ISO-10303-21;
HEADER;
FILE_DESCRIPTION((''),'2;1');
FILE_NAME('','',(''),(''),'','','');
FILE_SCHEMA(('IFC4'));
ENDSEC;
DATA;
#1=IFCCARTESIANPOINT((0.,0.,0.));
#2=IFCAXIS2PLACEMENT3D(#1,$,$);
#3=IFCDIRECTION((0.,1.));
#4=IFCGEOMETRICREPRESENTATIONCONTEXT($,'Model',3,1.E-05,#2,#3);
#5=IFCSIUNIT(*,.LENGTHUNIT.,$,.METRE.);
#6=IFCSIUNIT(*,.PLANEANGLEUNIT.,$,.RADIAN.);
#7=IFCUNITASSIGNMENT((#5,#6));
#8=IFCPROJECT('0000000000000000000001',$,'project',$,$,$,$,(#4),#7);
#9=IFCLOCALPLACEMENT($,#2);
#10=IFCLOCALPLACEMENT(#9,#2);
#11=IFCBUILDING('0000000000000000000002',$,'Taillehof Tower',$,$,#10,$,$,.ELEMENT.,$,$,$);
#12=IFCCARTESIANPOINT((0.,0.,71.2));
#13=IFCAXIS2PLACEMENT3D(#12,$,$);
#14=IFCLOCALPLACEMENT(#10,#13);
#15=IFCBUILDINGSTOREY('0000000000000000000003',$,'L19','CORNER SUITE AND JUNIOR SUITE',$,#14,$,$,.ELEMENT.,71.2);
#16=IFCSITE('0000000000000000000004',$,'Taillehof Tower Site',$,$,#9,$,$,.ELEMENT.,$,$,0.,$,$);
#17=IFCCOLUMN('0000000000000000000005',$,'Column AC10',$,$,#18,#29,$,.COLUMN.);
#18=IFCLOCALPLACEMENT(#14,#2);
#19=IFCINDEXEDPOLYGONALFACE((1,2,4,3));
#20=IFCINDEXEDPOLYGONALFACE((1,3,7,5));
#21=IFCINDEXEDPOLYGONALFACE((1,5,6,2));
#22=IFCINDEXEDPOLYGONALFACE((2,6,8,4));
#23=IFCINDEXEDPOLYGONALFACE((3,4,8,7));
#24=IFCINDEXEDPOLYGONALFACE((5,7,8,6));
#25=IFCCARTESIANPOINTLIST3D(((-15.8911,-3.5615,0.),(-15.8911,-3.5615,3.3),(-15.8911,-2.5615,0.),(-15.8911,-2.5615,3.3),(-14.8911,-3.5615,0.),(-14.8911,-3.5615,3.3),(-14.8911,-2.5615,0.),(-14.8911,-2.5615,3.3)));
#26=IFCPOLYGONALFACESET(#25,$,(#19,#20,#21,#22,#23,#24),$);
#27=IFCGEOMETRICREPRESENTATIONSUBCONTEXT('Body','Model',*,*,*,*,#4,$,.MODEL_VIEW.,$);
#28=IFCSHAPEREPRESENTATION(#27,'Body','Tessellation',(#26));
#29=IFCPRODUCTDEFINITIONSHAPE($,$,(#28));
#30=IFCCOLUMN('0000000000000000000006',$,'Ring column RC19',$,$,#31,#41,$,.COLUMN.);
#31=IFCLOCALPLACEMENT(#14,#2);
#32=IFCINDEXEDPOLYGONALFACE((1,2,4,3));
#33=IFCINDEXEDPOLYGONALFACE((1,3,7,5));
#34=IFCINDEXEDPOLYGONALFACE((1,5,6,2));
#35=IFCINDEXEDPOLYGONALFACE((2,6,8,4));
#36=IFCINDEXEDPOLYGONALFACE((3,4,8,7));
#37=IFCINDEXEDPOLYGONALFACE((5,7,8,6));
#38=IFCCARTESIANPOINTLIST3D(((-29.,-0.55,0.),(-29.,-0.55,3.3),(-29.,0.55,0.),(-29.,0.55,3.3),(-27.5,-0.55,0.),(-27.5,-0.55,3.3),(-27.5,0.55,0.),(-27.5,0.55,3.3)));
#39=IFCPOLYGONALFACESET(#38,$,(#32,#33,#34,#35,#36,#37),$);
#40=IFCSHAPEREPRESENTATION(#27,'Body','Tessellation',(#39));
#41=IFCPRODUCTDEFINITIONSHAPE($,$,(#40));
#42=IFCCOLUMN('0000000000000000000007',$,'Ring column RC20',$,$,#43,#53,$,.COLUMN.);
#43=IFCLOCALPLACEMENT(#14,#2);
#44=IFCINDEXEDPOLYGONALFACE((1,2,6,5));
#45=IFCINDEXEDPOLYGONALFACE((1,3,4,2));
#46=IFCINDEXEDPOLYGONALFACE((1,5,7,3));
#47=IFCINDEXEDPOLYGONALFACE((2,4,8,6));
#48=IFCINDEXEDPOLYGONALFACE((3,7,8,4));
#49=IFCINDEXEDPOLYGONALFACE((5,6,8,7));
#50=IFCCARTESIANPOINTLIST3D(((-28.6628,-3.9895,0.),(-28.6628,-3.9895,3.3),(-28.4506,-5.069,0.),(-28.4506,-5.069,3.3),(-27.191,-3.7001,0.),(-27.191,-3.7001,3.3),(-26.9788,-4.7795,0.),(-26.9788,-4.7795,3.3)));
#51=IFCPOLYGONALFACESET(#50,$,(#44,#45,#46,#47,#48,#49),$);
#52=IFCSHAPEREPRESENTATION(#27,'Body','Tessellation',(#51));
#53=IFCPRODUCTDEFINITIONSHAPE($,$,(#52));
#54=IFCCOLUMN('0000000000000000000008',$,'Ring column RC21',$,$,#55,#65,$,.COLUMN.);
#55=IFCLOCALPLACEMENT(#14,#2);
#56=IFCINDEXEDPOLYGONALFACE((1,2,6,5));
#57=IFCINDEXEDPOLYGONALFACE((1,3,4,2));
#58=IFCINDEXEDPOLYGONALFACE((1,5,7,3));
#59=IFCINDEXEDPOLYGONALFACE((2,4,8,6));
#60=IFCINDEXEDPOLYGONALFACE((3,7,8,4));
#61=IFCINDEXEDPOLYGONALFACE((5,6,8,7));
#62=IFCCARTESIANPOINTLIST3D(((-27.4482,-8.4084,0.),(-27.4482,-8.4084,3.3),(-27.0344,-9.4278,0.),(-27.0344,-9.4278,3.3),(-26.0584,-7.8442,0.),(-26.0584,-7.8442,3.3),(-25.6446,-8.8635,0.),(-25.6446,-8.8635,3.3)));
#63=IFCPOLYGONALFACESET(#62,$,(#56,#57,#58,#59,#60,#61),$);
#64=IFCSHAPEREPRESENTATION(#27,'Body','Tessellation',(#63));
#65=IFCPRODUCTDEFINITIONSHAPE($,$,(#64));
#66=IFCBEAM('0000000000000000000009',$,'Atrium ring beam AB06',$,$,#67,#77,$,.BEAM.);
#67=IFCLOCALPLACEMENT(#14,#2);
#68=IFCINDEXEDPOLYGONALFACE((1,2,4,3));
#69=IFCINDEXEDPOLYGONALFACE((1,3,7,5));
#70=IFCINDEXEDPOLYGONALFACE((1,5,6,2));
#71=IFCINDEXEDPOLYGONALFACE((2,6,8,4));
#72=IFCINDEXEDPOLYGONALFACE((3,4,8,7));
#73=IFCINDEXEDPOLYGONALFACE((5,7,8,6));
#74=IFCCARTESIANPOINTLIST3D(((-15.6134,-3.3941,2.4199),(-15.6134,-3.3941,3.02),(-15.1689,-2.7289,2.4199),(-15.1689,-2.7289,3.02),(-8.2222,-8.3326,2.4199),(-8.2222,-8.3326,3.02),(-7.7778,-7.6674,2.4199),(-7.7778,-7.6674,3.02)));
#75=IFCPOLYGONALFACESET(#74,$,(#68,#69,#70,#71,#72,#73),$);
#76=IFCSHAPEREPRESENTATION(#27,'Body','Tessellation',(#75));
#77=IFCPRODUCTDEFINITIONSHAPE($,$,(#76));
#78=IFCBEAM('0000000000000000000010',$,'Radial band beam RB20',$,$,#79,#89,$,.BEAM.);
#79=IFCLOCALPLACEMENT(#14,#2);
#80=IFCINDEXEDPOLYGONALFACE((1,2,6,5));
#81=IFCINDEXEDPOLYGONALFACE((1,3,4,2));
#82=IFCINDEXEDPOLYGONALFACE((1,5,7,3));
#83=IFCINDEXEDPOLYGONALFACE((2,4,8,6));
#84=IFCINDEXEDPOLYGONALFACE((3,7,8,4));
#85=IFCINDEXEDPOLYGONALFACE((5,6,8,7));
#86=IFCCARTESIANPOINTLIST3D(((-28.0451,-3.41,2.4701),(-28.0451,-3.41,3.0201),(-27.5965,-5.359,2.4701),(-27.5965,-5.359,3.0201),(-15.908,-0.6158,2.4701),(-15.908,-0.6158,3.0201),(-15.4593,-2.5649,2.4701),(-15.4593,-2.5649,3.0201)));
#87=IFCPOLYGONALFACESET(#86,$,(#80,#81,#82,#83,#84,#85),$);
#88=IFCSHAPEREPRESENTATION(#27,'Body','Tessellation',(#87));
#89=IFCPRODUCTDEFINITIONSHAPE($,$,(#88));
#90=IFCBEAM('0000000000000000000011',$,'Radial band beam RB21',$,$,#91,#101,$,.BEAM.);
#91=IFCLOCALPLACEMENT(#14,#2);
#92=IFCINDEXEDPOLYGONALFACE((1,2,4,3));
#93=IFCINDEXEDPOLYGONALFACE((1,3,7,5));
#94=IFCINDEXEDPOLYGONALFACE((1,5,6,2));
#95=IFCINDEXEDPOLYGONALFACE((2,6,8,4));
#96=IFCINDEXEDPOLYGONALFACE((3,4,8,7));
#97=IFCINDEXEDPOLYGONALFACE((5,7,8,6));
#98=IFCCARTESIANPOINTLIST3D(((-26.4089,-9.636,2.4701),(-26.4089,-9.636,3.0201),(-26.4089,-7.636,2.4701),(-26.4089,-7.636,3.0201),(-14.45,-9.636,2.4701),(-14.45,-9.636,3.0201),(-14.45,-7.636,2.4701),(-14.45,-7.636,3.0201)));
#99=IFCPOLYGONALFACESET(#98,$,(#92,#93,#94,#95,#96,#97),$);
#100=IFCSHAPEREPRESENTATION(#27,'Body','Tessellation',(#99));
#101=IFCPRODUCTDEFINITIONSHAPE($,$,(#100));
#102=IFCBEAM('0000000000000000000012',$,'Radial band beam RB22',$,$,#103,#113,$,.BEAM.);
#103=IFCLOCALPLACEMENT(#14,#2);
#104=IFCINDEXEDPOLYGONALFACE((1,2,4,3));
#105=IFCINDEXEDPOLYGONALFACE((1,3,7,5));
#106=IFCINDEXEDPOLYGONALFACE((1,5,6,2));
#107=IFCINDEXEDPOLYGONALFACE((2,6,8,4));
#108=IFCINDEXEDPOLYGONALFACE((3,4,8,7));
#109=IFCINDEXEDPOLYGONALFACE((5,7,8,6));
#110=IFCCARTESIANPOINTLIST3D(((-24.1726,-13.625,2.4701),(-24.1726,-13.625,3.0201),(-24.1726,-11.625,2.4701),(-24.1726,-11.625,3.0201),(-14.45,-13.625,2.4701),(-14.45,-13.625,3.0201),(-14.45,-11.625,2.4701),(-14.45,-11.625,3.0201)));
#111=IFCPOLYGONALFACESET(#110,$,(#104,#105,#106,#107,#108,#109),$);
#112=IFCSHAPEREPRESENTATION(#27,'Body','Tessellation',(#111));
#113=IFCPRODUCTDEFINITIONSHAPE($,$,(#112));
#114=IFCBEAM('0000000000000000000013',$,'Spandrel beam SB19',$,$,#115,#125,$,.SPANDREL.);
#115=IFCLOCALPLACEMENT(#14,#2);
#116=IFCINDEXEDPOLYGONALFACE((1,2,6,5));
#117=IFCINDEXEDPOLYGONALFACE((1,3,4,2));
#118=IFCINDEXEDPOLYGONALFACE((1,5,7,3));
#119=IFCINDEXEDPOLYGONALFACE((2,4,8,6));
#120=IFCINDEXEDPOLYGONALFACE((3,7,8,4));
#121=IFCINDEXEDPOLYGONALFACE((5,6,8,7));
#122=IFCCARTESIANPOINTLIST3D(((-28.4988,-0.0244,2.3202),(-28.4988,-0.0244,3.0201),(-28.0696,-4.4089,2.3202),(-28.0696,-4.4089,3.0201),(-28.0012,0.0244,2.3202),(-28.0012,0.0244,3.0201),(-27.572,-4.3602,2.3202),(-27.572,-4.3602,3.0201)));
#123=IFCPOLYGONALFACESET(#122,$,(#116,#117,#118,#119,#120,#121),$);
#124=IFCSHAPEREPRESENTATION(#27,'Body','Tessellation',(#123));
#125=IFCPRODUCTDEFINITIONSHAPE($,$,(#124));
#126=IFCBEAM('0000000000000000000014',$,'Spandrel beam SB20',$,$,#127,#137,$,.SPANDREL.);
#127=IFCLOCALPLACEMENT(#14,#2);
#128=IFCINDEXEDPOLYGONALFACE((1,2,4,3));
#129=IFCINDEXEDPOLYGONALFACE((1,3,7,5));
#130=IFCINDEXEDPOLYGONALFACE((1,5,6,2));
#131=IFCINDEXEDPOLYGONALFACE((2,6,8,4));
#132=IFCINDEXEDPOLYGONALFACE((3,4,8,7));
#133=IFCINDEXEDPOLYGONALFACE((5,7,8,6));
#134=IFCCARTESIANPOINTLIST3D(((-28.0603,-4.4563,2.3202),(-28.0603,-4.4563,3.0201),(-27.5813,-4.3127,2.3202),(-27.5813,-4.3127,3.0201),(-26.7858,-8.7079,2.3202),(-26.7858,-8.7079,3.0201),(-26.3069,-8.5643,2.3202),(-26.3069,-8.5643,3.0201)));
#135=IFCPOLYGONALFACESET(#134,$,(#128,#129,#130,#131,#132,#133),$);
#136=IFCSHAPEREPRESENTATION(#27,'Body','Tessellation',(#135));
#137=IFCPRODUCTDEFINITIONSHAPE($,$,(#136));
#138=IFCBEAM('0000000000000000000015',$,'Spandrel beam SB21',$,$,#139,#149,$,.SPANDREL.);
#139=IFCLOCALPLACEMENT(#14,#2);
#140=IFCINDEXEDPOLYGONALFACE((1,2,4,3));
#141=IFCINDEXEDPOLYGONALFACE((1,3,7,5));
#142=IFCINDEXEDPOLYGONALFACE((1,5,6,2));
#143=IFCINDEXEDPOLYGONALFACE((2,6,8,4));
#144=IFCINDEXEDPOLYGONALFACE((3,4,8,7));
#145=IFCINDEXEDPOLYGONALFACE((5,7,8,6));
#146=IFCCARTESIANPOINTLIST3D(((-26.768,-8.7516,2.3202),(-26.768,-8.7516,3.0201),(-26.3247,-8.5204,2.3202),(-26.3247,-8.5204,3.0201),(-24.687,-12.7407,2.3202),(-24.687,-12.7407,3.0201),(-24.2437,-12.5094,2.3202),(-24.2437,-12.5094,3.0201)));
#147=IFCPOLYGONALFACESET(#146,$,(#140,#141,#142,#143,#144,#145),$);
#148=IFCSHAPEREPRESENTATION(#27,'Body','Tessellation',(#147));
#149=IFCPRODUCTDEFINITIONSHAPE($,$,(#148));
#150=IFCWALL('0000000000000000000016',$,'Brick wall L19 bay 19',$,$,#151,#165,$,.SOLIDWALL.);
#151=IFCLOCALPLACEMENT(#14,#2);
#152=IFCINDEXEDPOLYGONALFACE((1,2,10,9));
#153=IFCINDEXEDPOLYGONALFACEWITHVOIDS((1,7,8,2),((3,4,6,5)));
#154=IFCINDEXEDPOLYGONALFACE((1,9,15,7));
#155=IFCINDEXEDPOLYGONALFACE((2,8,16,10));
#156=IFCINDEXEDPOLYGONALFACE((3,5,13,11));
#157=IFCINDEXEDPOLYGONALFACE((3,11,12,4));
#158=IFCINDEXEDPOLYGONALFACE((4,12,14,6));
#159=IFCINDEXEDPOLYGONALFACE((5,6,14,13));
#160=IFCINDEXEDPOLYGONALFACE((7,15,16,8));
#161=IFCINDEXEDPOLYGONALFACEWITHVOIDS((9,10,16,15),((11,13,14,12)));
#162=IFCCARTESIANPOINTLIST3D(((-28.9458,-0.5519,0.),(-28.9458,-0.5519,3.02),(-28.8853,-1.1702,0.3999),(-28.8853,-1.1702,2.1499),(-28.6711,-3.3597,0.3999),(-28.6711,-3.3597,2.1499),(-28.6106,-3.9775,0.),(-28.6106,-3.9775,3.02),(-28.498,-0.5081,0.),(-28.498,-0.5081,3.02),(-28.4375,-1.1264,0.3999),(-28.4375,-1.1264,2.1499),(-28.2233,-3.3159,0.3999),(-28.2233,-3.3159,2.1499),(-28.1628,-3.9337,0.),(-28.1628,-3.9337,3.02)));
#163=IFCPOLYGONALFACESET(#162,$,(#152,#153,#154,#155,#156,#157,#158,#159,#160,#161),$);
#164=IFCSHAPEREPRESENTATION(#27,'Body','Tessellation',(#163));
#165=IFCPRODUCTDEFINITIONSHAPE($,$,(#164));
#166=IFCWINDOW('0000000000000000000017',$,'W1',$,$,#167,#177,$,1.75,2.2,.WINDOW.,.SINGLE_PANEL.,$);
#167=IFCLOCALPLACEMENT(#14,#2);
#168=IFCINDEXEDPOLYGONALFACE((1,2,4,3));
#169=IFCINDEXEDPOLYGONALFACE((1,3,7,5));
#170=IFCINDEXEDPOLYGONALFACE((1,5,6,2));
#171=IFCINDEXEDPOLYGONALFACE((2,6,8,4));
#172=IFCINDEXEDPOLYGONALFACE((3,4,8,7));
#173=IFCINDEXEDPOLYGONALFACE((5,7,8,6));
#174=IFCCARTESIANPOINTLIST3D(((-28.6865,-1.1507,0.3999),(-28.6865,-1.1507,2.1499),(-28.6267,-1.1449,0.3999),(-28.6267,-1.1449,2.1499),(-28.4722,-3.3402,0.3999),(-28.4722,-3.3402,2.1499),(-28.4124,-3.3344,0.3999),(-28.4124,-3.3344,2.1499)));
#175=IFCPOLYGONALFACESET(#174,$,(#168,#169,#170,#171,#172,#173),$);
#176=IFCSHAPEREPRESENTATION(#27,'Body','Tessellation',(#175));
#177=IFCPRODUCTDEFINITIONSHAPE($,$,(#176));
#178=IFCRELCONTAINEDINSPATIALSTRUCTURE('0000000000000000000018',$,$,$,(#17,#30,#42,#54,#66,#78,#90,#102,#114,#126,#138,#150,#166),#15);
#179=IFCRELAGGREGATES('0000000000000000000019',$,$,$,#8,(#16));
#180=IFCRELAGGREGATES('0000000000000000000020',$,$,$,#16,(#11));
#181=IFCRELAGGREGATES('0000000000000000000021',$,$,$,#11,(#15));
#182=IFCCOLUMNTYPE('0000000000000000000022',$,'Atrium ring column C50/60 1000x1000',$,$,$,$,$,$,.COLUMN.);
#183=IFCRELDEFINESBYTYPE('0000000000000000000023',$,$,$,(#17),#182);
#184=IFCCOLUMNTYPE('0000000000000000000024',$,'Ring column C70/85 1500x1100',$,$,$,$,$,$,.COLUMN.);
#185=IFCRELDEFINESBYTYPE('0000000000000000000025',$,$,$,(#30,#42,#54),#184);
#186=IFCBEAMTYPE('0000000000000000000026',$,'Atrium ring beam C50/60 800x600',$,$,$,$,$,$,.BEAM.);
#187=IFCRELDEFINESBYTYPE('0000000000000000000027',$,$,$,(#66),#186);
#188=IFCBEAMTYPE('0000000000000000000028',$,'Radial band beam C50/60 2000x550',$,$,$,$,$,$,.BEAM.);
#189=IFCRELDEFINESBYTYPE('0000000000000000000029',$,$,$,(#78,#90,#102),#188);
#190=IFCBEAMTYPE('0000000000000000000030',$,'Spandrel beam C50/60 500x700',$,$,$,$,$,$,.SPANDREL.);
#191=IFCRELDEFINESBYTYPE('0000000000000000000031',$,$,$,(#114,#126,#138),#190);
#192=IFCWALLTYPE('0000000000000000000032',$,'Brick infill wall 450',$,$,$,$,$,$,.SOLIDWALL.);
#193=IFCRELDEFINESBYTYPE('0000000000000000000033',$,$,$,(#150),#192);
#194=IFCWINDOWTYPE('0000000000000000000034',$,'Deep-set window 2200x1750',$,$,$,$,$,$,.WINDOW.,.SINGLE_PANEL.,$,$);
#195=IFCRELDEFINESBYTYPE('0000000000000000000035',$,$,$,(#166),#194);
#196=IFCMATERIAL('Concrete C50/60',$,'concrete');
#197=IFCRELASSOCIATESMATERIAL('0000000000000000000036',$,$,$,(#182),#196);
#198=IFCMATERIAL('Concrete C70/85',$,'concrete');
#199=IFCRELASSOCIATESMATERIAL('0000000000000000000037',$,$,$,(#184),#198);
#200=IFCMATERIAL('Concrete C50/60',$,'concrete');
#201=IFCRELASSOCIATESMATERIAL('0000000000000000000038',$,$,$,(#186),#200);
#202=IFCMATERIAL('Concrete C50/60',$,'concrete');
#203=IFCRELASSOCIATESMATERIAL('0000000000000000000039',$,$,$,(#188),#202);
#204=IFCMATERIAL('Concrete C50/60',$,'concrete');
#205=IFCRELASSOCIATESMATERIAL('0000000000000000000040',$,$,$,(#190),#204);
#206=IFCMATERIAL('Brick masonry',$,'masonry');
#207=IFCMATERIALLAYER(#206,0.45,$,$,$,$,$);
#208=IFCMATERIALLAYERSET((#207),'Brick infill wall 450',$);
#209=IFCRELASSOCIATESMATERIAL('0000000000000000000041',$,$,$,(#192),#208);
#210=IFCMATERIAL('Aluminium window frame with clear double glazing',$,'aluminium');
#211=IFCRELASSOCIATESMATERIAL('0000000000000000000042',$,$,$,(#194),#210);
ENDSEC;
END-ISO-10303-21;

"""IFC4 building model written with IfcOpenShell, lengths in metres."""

from ifc_helpers import new_model, si_unit, direction, frame, frame_2d, origin, origin_2d, place, context, subcontext, project, spatial, rectangle, extrude, material, layer, layer_set, material_profile, profile_set, type_object, element, fill, save


model = new_model("IFC4")

# Units and contexts
model_context = context("Model", 3, precision=1e-05, world=origin(), true_north=direction((0.0, 1.0)))
body_context = subcontext(model_context, "Body", "Model", "MODEL_VIEW")
ifc_project = project(units=[si_unit("LENGTHUNIT", "METRE"), si_unit("PLANEANGLEUNIT", "RADIAN")], contexts=[model_context])

# Site, building, storey
site_placement = place(None, origin())
site = spatial("IfcSite", under=ifc_project, at=site_placement, Name="Taillehof Tower Site", CompositionType="ELEMENT", RefElevation=0.0)
building_placement = place(site_placement, origin())
building = spatial("IfcBuilding", under=site, at=building_placement, Name="Taillehof Tower", CompositionType="ELEMENT")
storey_placement = place(building_placement, frame((0.0, 0.0, 71.2)))
storey = spatial("IfcBuildingStorey", under=building, at=storey_placement, Name="L19", Description="CORNER SUITE AND JUNIOR SUITE", CompositionType="ELEMENT", Elevation=71.2)

# Columns
ifc_material_1 = material(Name="Concrete C50/60", Category="concrete")
ifc_material_profile_1 = material_profile(ifc_material_1, rectangle(XDim=1.0, YDim=1.0, at=origin_2d()), Name="RC 1000x1000")
ifc_profile_set_1 = profile_set([ifc_material_profile_1], Name="Concrete C50/60")
column_type_1 = type_object("IfcColumnType", Name="Atrium ring column C50/60 1000x1000", PredefinedType="COLUMN", material=ifc_profile_set_1)
column_placement = place(storey_placement, frame((-15.3911, -3.0615, 0.0), z_axis=(0.0, 0.0, 1.0), x_axis=(1.0, 0.0, 0.0)))
element("IfcColumn", 1, at=column_placement, inside=storey, type_object=column_type_1, Name="Column AC10", PredefinedType="COLUMN", context=body_context, shape_type="SweptSolid", body=[
    extrude(rectangle(XDim=1.0, YDim=1.0, at=origin_2d()), origin(), (0.0, 0.0, 1.0), 3.3),
])
ifc_material_2 = material(Name="Concrete C70/85", Category="concrete")
ifc_material_profile_2 = material_profile(ifc_material_2, rectangle(XDim=1.5, YDim=1.1001, at=origin_2d()), Name="RC 1500x1100")
ifc_profile_set_2 = profile_set([ifc_material_profile_2], Name="Concrete C70/85")
column_type_2 = type_object("IfcColumnType", Name="Ring column C70/85 1500x1100", PredefinedType="COLUMN", material=ifc_profile_set_2)
for number, where, z_axis, x_axis, name in (
    (2, (-28.25, 0.0, 0.0), (0.0, 0.0, 1.0), (-1.0, 0.0, 0.0), "Ring column RC19"),
    (3, (-27.8208, -4.3845, 0.0), (0.0, 0.0, 1.0), (-0.981204, -0.192976, 0.0), "Ring column RC20"),
    (4, (-26.5464, -8.636, 0.0), (0.0, 0.0, 1.0), (-0.926558, -0.376152, 0.0), "Ring column RC21"),
):
    element("IfcColumn", number, at=place(storey_placement, frame(where, z_axis=z_axis, x_axis=x_axis)), inside=storey, type_object=column_type_2, Name=name, PredefinedType="COLUMN", context=body_context, shape_type="SweptSolid", body=[
        extrude(rectangle(XDim=1.5, YDim=1.1001, at=origin_2d()), origin(), (0.0, 0.0, 1.0), 3.3),
    ])

# Beams
ifc_material_3 = material(Name="Concrete C50/60", Category="concrete")
ifc_material_profile_3 = material_profile(ifc_material_3, rectangle(XDim=0.8, YDim=0.6001, at=origin_2d()), Name="RC 800x600")
ifc_profile_set_3 = profile_set([ifc_material_profile_3], Name="Concrete C50/60")
beam_type_1 = type_object("IfcBeamType", Name="Atrium ring beam C50/60 800x600", PredefinedType="BEAM", material=ifc_profile_set_3)
beam_1_placement = place(storey_placement, frame((-15.3911, -3.0615, 2.72), z_axis=(0.831475, -0.555562, 0.0), x_axis=(0.555562, 0.831475, 0.0)))
element("IfcBeam", 5, at=beam_1_placement, inside=storey, type_object=beam_type_1, Name="Atrium ring beam AB06", PredefinedType="BEAM", context=body_context, shape_type="SweptSolid", body=[
    extrude(rectangle(XDim=0.8, YDim=0.6001, at=origin_2d()), origin(), (0.0, 0.0, 1.0), 8.8892),
])
ifc_material_4 = material(Name="Concrete C50/60", Category="concrete")
ifc_material_profile_4 = material_profile(ifc_material_4, rectangle(XDim=2.0, YDim=0.55, at=origin_2d()), Name="RC 2000x550")
ifc_profile_set_4 = profile_set([ifc_material_profile_4], Name="Concrete C50/60")
beam_type_2 = type_object("IfcBeamType", Name="Radial band beam C50/60 2000x550", PredefinedType="BEAM", material=ifc_profile_set_4)
beam_2_placement = place(storey_placement, frame((-27.8208, -4.3845, 2.7451), z_axis=(0.974509, 0.224348, 0.0), x_axis=(-0.224348, 0.974509, 0.0)))
element("IfcBeam", 6, at=beam_2_placement, inside=storey, type_object=beam_type_2, Name="Radial band beam RB20", PredefinedType="BEAM", context=body_context, shape_type="SweptSolid", body=[
    extrude(rectangle(XDim=2.0, YDim=0.55, at=origin_2d()), origin(), (0.0, 0.0, 1.0), 12.4546),
])
beam_3_placement = place(storey_placement, frame((-26.4089, -8.636, 2.7451), z_axis=(1.0, 0.0, 0.0), x_axis=(0.0, 1.0, 0.0)))
element("IfcBeam", 7, at=beam_3_placement, inside=storey, type_object=beam_type_2, Name="Radial band beam RB21", PredefinedType="BEAM", context=body_context, shape_type="SweptSolid", body=[
    extrude(rectangle(XDim=2.0, YDim=0.55, at=origin_2d()), origin(), (0.0, 0.0, 1.0), 11.959),
])
beam_4_placement = place(storey_placement, frame((-24.1726, -12.625, 2.7451), z_axis=(1.0, 0.0, 0.0), x_axis=(0.0, 1.0, 0.0)))
element("IfcBeam", 8, at=beam_4_placement, inside=storey, type_object=beam_type_2, Name="Radial band beam RB22", PredefinedType="BEAM", context=body_context, shape_type="SweptSolid", body=[
    extrude(rectangle(XDim=2.0, YDim=0.55, at=origin_2d()), origin(), (0.0, 0.0, 1.0), 9.7227),
])
ifc_material_5 = material(Name="Concrete C50/60", Category="concrete")
ifc_material_profile_5 = material_profile(ifc_material_5, rectangle(XDim=0.5, YDim=0.7, at=origin_2d()), Name="RC 500x700")
ifc_profile_set_5 = profile_set([ifc_material_profile_5], Name="Concrete C50/60")
beam_type_3 = type_object("IfcBeamType", Name="Spandrel beam C50/60 500x700", PredefinedType="SPANDREL", material=ifc_profile_set_5)
beam_5_placement = place(storey_placement, frame((-28.25, 0.0, 2.6702), z_axis=(0.097424, -0.995243, 0.0), x_axis=(0.995243, 0.097424, 0.0)))
element("IfcBeam", 9, at=beam_5_placement, inside=storey, type_object=beam_type_3, Name="Spandrel beam SB19", PredefinedType="SPANDREL", context=body_context, shape_type="SweptSolid", body=[
    extrude(rectangle(XDim=0.5, YDim=0.7, at=origin_2d()), origin(), (0.0, 0.0, 1.0), 4.4055),
])
beam_6_placement = place(storey_placement, frame((-27.8208, -4.3845, 2.6702), z_axis=(0.287136, -0.95789, 0.0), x_axis=(0.95789, 0.287136, 0.0)))
element("IfcBeam", 10, at=beam_6_placement, inside=storey, type_object=beam_type_3, Name="Spandrel beam SB20", PredefinedType="SPANDREL", context=body_context, shape_type="SweptSolid", body=[
    extrude(rectangle(XDim=0.5, YDim=0.7, at=origin_2d()), origin(), (0.0, 0.0, 1.0), 4.4385),
])
beam_7_placement = place(storey_placement, frame((-26.5464, -8.636, 2.6702), z_axis=(0.462536, -0.8866, 0.0), x_axis=(0.8866, 0.462536, 0.0)))
element("IfcBeam", 11, at=beam_7_placement, inside=storey, type_object=beam_type_3, Name="Spandrel beam SB21", PredefinedType="SPANDREL", context=body_context, shape_type="SweptSolid", body=[
    extrude(rectangle(XDim=0.5, YDim=0.7, at=origin_2d()), origin(), (0.0, 0.0, 1.0), 4.4993),
])

# Wall, opening, window
ifc_material_6 = material(Name="Brick masonry", Category="masonry")
ifc_layer_1 = layer(ifc_material_6, 0.45)
ifc_layer_set_1 = layer_set([ifc_layer_1], Name="Brick infill wall 450")
wall_type_1 = type_object("IfcWallType", Name="Brick infill wall 450", PredefinedType="SOLIDWALL", material=ifc_layer_set_1)
wall_1_placement = place(storey_placement, frame((-28.7219, -0.53, 0.0), z_axis=(0.0, 0.0, 1.0), x_axis=(0.09739, -0.995246, 0.0)))
wall_1 = element("IfcWall", 12, at=wall_1_placement, inside=storey, type_object=wall_type_1, Name="Brick wall L19 bay 19", PredefinedType="SOLIDWALL", context=body_context, shape_type="SweptSolid", body=[
    extrude(rectangle(XDim=3.4419, YDim=0.45, at=frame_2d((1.7209, 0.0))), origin(), (0.0, 0.0, 1.0), 3.02),
])
opening_1_placement = place(wall_1_placement, frame((0.6211, 0.0, 0.3999)))
opening_1 = element("IfcOpeningElement", 13, at=opening_1_placement, cuts=wall_1, PredefinedType="OPENING", context=body_context, shape_type="SweptSolid", body=[
    extrude(rectangle(XDim=2.2, YDim=1.75, at=frame_2d((1.1001, 0.875))), frame((0.0, 0.2349, 0.0), z_axis=(0.0, -1.0, 0.0), x_axis=(1.0, 0.0, 0.0)), (0.0, 0.0, 1.0), 0.47),
])
ifc_material_7 = material(Name="Aluminium window frame with clear double glazing", Category="aluminium")
window_type = type_object("IfcWindowType", Name="Deep-set window 2200x1750", PartitioningType="SINGLE_PANEL", PredefinedType="WINDOW", material=ifc_material_7)
window_1_placement = place(opening_1_placement, origin())
window_1 = element("IfcWindow", 14, at=window_1_placement, inside=storey, type_object=window_type, Name="W1", OverallHeight=1.75, OverallWidth=2.2, PartitioningType="SINGLE_PANEL", PredefinedType="WINDOW", context=body_context, shape_type="SweptSolid", body=[
    extrude(rectangle(XDim=2.2, YDim=1.75, at=frame_2d((1.1001, 0.875))), frame((0.0, 0.0349, 0.0), z_axis=(0.0, -1.0, 0.0), x_axis=(1.0, 0.0, 0.0)), (0.0, 0.0, 1.0), 0.0601),
])
fill(opening_1, window_1)

save(model, "model.ifc")
